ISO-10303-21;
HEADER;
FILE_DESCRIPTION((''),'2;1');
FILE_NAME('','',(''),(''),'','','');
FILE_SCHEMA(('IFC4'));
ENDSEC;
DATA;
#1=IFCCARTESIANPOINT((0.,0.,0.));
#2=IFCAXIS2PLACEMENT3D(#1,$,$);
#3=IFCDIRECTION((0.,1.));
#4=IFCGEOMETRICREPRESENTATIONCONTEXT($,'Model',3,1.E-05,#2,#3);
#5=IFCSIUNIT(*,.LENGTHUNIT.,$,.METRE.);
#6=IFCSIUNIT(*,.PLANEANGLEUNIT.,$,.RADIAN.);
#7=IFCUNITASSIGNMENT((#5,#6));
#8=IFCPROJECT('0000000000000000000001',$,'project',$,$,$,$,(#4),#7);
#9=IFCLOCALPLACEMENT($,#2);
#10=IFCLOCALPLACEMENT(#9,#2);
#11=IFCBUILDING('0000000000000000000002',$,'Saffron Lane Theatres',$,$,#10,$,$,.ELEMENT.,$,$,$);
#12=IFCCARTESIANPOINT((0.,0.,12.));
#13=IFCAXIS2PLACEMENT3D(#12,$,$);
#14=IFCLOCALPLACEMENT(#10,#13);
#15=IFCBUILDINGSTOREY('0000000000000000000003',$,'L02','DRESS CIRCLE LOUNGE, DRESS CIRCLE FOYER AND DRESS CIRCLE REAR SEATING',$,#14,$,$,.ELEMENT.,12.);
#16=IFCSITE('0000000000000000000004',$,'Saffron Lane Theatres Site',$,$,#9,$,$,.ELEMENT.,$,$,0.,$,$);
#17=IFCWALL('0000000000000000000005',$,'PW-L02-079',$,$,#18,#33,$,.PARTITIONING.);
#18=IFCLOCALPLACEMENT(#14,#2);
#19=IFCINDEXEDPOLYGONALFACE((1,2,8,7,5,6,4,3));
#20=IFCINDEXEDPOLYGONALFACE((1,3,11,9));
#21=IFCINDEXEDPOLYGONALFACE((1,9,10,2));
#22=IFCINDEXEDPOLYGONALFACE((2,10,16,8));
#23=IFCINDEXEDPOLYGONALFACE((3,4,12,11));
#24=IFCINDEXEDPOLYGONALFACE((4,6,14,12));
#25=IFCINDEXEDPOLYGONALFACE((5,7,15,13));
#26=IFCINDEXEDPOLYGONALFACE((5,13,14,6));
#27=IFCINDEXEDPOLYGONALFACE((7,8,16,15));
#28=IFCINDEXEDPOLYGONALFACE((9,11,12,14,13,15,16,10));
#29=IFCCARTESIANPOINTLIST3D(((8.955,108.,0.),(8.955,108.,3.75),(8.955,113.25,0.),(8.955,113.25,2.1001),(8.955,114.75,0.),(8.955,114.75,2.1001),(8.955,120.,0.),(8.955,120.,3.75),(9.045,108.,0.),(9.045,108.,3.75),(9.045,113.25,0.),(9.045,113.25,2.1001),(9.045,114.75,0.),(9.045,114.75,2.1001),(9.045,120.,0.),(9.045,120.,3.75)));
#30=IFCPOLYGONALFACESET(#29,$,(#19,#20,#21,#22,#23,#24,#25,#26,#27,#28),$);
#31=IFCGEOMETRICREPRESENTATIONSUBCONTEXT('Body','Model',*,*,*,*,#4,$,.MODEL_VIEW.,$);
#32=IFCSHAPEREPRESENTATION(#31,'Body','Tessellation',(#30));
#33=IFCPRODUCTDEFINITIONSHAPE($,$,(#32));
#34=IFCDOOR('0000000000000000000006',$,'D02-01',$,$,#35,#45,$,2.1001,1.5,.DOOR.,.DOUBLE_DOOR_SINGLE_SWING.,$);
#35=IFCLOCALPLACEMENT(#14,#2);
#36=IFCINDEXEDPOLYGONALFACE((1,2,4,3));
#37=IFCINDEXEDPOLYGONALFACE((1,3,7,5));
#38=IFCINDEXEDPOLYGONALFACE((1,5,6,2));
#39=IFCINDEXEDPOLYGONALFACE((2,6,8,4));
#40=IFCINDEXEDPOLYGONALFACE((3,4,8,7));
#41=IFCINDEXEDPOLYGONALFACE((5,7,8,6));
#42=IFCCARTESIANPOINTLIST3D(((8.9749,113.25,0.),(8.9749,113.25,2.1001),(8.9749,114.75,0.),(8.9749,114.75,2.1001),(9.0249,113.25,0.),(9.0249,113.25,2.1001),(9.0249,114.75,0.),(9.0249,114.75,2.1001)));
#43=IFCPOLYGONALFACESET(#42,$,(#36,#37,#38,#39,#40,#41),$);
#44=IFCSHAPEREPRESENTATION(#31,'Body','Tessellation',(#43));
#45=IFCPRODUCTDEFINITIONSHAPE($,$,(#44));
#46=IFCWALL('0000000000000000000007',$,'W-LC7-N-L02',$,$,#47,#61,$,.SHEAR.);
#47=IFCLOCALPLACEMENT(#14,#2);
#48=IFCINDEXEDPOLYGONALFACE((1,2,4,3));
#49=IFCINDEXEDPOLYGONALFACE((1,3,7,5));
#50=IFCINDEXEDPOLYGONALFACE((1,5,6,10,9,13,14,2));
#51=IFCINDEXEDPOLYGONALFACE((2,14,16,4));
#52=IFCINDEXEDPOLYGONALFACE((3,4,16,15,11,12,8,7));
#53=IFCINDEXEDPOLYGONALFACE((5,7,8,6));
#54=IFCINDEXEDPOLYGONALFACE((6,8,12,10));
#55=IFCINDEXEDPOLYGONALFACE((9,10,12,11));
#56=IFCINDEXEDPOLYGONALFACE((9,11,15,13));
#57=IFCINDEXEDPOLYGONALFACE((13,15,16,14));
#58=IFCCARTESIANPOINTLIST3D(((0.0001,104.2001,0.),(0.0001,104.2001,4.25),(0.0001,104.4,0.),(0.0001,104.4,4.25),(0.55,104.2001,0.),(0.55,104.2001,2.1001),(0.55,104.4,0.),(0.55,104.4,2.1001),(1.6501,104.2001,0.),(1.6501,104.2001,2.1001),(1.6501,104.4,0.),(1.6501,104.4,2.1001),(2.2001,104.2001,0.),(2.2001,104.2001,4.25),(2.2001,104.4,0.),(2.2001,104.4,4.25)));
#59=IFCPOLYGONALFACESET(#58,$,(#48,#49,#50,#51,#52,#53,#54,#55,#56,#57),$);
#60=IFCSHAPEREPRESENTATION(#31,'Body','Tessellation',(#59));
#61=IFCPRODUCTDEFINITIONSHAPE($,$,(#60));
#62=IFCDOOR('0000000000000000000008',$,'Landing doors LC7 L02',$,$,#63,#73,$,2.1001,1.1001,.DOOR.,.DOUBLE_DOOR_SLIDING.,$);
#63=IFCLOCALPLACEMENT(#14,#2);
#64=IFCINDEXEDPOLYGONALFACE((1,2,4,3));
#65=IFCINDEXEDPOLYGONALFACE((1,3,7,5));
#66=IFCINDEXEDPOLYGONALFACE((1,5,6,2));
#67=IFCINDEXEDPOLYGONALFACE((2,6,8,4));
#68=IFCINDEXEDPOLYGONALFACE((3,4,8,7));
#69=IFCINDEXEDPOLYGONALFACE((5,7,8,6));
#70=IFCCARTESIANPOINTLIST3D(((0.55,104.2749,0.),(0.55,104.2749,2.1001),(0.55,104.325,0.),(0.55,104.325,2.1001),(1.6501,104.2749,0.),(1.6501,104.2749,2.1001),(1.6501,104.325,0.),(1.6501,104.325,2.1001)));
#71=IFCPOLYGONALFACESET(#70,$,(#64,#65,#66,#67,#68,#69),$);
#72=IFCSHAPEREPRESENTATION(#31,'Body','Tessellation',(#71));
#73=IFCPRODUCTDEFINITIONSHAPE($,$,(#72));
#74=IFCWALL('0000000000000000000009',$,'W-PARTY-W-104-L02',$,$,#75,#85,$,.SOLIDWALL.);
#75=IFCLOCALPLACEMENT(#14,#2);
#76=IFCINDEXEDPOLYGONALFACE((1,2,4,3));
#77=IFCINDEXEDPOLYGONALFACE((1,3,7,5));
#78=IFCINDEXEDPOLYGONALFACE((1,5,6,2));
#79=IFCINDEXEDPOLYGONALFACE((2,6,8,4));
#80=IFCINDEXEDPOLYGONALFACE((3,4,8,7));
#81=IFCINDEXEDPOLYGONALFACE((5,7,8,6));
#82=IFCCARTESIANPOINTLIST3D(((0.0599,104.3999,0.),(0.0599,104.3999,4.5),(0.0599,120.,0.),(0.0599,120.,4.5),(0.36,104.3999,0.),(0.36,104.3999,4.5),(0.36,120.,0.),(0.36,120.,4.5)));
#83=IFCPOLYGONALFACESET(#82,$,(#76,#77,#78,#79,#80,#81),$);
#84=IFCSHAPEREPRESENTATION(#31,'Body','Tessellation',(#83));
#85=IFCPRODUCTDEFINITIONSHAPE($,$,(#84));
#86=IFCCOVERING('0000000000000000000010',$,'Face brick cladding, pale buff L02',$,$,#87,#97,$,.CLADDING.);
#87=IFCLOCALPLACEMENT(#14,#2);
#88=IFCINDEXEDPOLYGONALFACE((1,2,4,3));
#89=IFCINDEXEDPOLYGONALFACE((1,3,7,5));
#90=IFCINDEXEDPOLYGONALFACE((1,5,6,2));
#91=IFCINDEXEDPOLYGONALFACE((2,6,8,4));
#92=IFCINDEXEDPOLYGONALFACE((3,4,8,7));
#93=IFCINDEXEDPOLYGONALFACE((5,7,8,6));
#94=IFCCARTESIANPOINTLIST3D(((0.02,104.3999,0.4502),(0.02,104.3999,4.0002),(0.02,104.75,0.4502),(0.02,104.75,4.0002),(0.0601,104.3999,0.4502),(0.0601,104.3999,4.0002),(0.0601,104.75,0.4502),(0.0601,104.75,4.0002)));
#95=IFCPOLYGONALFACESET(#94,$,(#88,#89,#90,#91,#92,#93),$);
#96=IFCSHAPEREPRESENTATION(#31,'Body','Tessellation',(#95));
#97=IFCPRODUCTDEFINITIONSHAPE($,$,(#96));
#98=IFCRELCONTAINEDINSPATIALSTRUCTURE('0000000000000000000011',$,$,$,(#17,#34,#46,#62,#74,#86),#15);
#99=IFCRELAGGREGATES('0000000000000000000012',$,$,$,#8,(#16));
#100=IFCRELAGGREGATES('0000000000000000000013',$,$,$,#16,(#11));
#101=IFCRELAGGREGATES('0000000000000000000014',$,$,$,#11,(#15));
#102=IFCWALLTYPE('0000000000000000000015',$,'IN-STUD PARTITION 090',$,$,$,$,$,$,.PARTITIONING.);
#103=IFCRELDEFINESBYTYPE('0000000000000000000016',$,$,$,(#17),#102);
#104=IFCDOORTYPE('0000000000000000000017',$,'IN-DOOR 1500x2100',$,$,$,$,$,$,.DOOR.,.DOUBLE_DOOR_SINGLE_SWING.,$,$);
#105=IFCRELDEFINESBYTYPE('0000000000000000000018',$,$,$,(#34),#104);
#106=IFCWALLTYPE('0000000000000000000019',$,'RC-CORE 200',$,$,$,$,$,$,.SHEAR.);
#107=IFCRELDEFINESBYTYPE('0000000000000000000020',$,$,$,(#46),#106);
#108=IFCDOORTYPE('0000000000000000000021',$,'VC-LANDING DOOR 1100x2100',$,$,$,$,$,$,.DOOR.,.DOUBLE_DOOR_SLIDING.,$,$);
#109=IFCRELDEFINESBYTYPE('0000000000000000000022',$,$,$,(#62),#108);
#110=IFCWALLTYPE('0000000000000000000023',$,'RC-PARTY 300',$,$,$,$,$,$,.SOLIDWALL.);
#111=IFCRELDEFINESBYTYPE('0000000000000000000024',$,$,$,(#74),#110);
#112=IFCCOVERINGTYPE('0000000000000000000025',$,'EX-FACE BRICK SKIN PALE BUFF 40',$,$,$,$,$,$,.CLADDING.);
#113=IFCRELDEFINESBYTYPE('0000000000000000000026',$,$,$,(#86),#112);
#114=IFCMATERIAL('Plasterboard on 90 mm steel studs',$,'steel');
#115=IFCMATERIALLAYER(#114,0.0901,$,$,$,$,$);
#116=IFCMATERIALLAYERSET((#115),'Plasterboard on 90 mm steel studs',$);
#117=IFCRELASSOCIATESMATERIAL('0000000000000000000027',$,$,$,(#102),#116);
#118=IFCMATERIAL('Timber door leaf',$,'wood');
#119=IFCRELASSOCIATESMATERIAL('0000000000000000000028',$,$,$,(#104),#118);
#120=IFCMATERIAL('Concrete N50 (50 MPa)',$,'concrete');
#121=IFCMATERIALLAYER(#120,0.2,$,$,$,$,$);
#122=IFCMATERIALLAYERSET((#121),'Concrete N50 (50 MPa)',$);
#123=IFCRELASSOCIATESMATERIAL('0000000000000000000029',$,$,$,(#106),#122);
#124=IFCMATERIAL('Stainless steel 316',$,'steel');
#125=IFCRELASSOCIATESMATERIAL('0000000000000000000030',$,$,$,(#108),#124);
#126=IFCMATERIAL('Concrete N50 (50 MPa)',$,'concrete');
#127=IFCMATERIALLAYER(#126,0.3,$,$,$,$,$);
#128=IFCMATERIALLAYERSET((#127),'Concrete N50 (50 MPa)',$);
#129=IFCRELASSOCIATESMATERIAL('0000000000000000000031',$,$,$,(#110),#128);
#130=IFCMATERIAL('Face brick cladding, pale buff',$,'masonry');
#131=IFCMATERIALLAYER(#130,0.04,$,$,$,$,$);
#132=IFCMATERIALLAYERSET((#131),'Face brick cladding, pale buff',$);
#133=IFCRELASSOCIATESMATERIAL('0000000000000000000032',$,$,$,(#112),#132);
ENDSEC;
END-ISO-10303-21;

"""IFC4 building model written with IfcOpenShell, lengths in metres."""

from ifc_helpers import new_model, si_unit, direction, frame, frame_2d, origin, origin_2d, place, context, subcontext, project, spatial, rectangle, extrude, material, layer, layer_set, type_object, element, fill, save


model = new_model("IFC4")

# Units and contexts
model_context = context("Model", 3, precision=1e-05, world=origin(), true_north=direction((0.0, 1.0)))
body_context = subcontext(model_context, "Body", "Model", "MODEL_VIEW")
ifc_project = project(units=[si_unit("LENGTHUNIT", "METRE"), si_unit("PLANEANGLEUNIT", "RADIAN")], contexts=[model_context])

# Site, building, storey
site_placement = place(None, origin())
site = spatial("IfcSite", under=ifc_project, at=site_placement, Name="Saffron Lane Theatres Site", CompositionType="ELEMENT", RefElevation=0.0)
building_placement = place(site_placement, origin())
building = spatial("IfcBuilding", under=site, at=building_placement, Name="Saffron Lane Theatres", CompositionType="ELEMENT")
storey_placement = place(building_placement, frame((0.0, 0.0, 12.0)))
storey = spatial("IfcBuildingStorey", under=building, at=storey_placement, Name="L02", Description="DRESS CIRCLE LOUNGE, DRESS CIRCLE FOYER AND DRESS CIRCLE REAR SEATING", CompositionType="ELEMENT", Elevation=12.0)

# Shared definitions
ifc_material_1 = material(Name="Plasterboard on 90 mm steel studs", Category="steel")
ifc_layer_1 = layer(ifc_material_1, 0.0901)
ifc_layer_set_1 = layer_set([ifc_layer_1], Name="Plasterboard on 90 mm steel studs")
wall_type_1 = type_object("IfcWallType", Name="IN-STUD PARTITION 090", PredefinedType="PARTITIONING", material=ifc_layer_set_1)

# Walls, openings, doors
wall_1_placement = place(storey_placement, frame((9.0, 108.0, 0.0), z_axis=(0.0, 0.0, 1.0), x_axis=(0.0, 1.0, 0.0)))
wall_1 = element("IfcWall", 1, at=wall_1_placement, inside=storey, type_object=wall_type_1, Name="PW-L02-079", PredefinedType="PARTITIONING", context=body_context, shape_type="SweptSolid", body=[
    extrude(rectangle(XDim=12.0, YDim=0.0901, at=frame_2d((6.0, 0.0))), origin(), (0.0, 0.0, 1.0), 3.75),
])
opening_1_placement = place(wall_1_placement, frame((5.25, 0.0, 0.0)))
opening_1 = element("IfcOpeningElement", 2, at=opening_1_placement, cuts=wall_1, PredefinedType="OPENING", context=body_context, shape_type="SweptSolid", body=[
    extrude(rectangle(XDim=1.5, YDim=2.1001, at=frame_2d((0.75, 1.05))), frame((0.0, 0.0552, 0.0), z_axis=(0.0, -1.0, 0.0), x_axis=(1.0, 0.0, 0.0)), (0.0, 0.0, 1.0), 0.1101),
])
ifc_material_2 = material(Name="Timber door leaf", Category="wood")
door_type_1 = type_object("IfcDoorType", Name="IN-DOOR 1500x2100", OperationType="DOUBLE_DOOR_SINGLE_SWING", PredefinedType="DOOR", material=ifc_material_2)
door_1_placement = place(opening_1_placement, frame((1.5, 0.0, 0.0), z_axis=(0.0, 0.0, 1.0), x_axis=(-1.0, 0.0, 0.0)))
door_1 = element("IfcDoor", 3, at=door_1_placement, inside=storey, type_object=door_type_1, Name="D02-01", OperationType="DOUBLE_DOOR_SINGLE_SWING", OverallHeight=2.1001, OverallWidth=1.5, PredefinedType="DOOR", context=body_context, shape_type="SweptSolid", body=[
    extrude(rectangle(XDim=1.5, YDim=2.1001, at=frame_2d((0.75, 1.05))), frame((0.0, 0.0249, 0.0), z_axis=(0.0, -1.0, 0.0), x_axis=(1.0, 0.0, 0.0)), (0.0, 0.0, 1.0), 0.05),
])
fill(opening_1, door_1)
ifc_material_3 = material(Name="Concrete N50 (50 MPa)", Category="concrete")
ifc_layer_2 = layer(ifc_material_3, 0.2)
ifc_layer_set_2 = layer_set([ifc_layer_2], Name="Concrete N50 (50 MPa)")
wall_type_2 = type_object("IfcWallType", Name="RC-CORE 200", PredefinedType="SHEAR", material=ifc_layer_set_2)
wall_2_placement = place(storey_placement, frame((0.0, 104.3, 0.0), z_axis=(0.0, 0.0, 1.0), x_axis=(1.0, 0.0, 0.0)))
wall_2 = element("IfcWall", 4, at=wall_2_placement, inside=storey, type_object=wall_type_2, Name="W-LC7-N-L02", PredefinedType="SHEAR", context=body_context, shape_type="SweptSolid", body=[
    extrude(rectangle(XDim=2.2, YDim=0.2, at=frame_2d((1.1001, 0.0))), origin(), (0.0, 0.0, 1.0), 4.25),
])
opening_2_placement = place(wall_2_placement, frame((0.55, 0.0, 0.0)))
opening_2 = element("IfcOpeningElement", 5, at=opening_2_placement, cuts=wall_2, PredefinedType="OPENING", context=body_context, shape_type="SweptSolid", body=[
    extrude(rectangle(XDim=1.1001, YDim=2.1001, at=frame_2d((0.55, 1.05))), frame((0.0, 0.1099, 0.0), z_axis=(0.0, -1.0, 0.0), x_axis=(1.0, 0.0, 0.0)), (0.0, 0.0, 1.0), 0.22),
])
ifc_material_4 = material(Name="Stainless steel 316", Category="steel")
door_type_2 = type_object("IfcDoorType", Name="VC-LANDING DOOR 1100x2100", OperationType="DOUBLE_DOOR_SLIDING", PredefinedType="DOOR", material=ifc_material_4)
door_2_placement = place(opening_2_placement, origin())
door_2 = element("IfcDoor", 6, at=door_2_placement, inside=storey, type_object=door_type_2, Name="Landing doors LC7 L02", OperationType="DOUBLE_DOOR_SLIDING", OverallHeight=2.1001, OverallWidth=1.1001, PredefinedType="DOOR", context=body_context, shape_type="SweptSolid", body=[
    extrude(rectangle(XDim=1.1001, YDim=2.1001, at=frame_2d((0.55, 1.05))), frame((0.0, 0.0249, 0.0), z_axis=(0.0, -1.0, 0.0), x_axis=(1.0, 0.0, 0.0)), (0.0, 0.0, 1.0), 0.05),
])
fill(opening_2, door_2)

# Wall
ifc_material_5 = material(Name="Concrete N50 (50 MPa)", Category="concrete")
ifc_layer_3 = layer(ifc_material_5, 0.3)
ifc_layer_set_3 = layer_set([ifc_layer_3], Name="Concrete N50 (50 MPa)")
wall_type_3 = type_object("IfcWallType", Name="RC-PARTY 300", PredefinedType="SOLIDWALL", material=ifc_layer_set_3)
wall_3_placement = place(storey_placement, frame((0.21, 104.3999, 0.0), z_axis=(0.0, 0.0, 1.0), x_axis=(0.0, 1.0, 0.0)))
element("IfcWall", 7, at=wall_3_placement, inside=storey, type_object=wall_type_3, Name="W-PARTY-W-104-L02", PredefinedType="SOLIDWALL", context=body_context, shape_type="SweptSolid", body=[
    extrude(rectangle(XDim=15.6001, YDim=0.3, at=frame_2d((7.8, 0.0))), origin(), (0.0, 0.0, 1.0), 4.5),
])

# Covering
ifc_material_6 = material(Name="Face brick cladding, pale buff", Category="masonry")
ifc_layer_4 = layer(ifc_material_6, 0.04)
ifc_layer_set_4 = layer_set([ifc_layer_4], Name="Face brick cladding, pale buff")
covering_type_1 = type_object("IfcCoveringType", Name="EX-FACE BRICK SKIN PALE BUFF 40", PredefinedType="CLADDING", material=ifc_layer_set_4)
covering_1_placement = place(storey_placement, frame((0.04, 104.575, 0.4502), z_axis=(0.0, 0.0, 1.0), x_axis=(0.0, 1.0, 0.0)))
element("IfcCovering", 8, at=covering_1_placement, inside=storey, type_object=covering_type_1, Name="Face brick cladding, pale buff L02", PredefinedType="CLADDING", context=body_context, shape_type="SweptSolid", body=[
    extrude(rectangle(XDim=0.3501, YDim=0.04, at=origin_2d()), origin(), (0.0, 0.0, 1.0), 3.55),
])

save(model, "model.ifc")
